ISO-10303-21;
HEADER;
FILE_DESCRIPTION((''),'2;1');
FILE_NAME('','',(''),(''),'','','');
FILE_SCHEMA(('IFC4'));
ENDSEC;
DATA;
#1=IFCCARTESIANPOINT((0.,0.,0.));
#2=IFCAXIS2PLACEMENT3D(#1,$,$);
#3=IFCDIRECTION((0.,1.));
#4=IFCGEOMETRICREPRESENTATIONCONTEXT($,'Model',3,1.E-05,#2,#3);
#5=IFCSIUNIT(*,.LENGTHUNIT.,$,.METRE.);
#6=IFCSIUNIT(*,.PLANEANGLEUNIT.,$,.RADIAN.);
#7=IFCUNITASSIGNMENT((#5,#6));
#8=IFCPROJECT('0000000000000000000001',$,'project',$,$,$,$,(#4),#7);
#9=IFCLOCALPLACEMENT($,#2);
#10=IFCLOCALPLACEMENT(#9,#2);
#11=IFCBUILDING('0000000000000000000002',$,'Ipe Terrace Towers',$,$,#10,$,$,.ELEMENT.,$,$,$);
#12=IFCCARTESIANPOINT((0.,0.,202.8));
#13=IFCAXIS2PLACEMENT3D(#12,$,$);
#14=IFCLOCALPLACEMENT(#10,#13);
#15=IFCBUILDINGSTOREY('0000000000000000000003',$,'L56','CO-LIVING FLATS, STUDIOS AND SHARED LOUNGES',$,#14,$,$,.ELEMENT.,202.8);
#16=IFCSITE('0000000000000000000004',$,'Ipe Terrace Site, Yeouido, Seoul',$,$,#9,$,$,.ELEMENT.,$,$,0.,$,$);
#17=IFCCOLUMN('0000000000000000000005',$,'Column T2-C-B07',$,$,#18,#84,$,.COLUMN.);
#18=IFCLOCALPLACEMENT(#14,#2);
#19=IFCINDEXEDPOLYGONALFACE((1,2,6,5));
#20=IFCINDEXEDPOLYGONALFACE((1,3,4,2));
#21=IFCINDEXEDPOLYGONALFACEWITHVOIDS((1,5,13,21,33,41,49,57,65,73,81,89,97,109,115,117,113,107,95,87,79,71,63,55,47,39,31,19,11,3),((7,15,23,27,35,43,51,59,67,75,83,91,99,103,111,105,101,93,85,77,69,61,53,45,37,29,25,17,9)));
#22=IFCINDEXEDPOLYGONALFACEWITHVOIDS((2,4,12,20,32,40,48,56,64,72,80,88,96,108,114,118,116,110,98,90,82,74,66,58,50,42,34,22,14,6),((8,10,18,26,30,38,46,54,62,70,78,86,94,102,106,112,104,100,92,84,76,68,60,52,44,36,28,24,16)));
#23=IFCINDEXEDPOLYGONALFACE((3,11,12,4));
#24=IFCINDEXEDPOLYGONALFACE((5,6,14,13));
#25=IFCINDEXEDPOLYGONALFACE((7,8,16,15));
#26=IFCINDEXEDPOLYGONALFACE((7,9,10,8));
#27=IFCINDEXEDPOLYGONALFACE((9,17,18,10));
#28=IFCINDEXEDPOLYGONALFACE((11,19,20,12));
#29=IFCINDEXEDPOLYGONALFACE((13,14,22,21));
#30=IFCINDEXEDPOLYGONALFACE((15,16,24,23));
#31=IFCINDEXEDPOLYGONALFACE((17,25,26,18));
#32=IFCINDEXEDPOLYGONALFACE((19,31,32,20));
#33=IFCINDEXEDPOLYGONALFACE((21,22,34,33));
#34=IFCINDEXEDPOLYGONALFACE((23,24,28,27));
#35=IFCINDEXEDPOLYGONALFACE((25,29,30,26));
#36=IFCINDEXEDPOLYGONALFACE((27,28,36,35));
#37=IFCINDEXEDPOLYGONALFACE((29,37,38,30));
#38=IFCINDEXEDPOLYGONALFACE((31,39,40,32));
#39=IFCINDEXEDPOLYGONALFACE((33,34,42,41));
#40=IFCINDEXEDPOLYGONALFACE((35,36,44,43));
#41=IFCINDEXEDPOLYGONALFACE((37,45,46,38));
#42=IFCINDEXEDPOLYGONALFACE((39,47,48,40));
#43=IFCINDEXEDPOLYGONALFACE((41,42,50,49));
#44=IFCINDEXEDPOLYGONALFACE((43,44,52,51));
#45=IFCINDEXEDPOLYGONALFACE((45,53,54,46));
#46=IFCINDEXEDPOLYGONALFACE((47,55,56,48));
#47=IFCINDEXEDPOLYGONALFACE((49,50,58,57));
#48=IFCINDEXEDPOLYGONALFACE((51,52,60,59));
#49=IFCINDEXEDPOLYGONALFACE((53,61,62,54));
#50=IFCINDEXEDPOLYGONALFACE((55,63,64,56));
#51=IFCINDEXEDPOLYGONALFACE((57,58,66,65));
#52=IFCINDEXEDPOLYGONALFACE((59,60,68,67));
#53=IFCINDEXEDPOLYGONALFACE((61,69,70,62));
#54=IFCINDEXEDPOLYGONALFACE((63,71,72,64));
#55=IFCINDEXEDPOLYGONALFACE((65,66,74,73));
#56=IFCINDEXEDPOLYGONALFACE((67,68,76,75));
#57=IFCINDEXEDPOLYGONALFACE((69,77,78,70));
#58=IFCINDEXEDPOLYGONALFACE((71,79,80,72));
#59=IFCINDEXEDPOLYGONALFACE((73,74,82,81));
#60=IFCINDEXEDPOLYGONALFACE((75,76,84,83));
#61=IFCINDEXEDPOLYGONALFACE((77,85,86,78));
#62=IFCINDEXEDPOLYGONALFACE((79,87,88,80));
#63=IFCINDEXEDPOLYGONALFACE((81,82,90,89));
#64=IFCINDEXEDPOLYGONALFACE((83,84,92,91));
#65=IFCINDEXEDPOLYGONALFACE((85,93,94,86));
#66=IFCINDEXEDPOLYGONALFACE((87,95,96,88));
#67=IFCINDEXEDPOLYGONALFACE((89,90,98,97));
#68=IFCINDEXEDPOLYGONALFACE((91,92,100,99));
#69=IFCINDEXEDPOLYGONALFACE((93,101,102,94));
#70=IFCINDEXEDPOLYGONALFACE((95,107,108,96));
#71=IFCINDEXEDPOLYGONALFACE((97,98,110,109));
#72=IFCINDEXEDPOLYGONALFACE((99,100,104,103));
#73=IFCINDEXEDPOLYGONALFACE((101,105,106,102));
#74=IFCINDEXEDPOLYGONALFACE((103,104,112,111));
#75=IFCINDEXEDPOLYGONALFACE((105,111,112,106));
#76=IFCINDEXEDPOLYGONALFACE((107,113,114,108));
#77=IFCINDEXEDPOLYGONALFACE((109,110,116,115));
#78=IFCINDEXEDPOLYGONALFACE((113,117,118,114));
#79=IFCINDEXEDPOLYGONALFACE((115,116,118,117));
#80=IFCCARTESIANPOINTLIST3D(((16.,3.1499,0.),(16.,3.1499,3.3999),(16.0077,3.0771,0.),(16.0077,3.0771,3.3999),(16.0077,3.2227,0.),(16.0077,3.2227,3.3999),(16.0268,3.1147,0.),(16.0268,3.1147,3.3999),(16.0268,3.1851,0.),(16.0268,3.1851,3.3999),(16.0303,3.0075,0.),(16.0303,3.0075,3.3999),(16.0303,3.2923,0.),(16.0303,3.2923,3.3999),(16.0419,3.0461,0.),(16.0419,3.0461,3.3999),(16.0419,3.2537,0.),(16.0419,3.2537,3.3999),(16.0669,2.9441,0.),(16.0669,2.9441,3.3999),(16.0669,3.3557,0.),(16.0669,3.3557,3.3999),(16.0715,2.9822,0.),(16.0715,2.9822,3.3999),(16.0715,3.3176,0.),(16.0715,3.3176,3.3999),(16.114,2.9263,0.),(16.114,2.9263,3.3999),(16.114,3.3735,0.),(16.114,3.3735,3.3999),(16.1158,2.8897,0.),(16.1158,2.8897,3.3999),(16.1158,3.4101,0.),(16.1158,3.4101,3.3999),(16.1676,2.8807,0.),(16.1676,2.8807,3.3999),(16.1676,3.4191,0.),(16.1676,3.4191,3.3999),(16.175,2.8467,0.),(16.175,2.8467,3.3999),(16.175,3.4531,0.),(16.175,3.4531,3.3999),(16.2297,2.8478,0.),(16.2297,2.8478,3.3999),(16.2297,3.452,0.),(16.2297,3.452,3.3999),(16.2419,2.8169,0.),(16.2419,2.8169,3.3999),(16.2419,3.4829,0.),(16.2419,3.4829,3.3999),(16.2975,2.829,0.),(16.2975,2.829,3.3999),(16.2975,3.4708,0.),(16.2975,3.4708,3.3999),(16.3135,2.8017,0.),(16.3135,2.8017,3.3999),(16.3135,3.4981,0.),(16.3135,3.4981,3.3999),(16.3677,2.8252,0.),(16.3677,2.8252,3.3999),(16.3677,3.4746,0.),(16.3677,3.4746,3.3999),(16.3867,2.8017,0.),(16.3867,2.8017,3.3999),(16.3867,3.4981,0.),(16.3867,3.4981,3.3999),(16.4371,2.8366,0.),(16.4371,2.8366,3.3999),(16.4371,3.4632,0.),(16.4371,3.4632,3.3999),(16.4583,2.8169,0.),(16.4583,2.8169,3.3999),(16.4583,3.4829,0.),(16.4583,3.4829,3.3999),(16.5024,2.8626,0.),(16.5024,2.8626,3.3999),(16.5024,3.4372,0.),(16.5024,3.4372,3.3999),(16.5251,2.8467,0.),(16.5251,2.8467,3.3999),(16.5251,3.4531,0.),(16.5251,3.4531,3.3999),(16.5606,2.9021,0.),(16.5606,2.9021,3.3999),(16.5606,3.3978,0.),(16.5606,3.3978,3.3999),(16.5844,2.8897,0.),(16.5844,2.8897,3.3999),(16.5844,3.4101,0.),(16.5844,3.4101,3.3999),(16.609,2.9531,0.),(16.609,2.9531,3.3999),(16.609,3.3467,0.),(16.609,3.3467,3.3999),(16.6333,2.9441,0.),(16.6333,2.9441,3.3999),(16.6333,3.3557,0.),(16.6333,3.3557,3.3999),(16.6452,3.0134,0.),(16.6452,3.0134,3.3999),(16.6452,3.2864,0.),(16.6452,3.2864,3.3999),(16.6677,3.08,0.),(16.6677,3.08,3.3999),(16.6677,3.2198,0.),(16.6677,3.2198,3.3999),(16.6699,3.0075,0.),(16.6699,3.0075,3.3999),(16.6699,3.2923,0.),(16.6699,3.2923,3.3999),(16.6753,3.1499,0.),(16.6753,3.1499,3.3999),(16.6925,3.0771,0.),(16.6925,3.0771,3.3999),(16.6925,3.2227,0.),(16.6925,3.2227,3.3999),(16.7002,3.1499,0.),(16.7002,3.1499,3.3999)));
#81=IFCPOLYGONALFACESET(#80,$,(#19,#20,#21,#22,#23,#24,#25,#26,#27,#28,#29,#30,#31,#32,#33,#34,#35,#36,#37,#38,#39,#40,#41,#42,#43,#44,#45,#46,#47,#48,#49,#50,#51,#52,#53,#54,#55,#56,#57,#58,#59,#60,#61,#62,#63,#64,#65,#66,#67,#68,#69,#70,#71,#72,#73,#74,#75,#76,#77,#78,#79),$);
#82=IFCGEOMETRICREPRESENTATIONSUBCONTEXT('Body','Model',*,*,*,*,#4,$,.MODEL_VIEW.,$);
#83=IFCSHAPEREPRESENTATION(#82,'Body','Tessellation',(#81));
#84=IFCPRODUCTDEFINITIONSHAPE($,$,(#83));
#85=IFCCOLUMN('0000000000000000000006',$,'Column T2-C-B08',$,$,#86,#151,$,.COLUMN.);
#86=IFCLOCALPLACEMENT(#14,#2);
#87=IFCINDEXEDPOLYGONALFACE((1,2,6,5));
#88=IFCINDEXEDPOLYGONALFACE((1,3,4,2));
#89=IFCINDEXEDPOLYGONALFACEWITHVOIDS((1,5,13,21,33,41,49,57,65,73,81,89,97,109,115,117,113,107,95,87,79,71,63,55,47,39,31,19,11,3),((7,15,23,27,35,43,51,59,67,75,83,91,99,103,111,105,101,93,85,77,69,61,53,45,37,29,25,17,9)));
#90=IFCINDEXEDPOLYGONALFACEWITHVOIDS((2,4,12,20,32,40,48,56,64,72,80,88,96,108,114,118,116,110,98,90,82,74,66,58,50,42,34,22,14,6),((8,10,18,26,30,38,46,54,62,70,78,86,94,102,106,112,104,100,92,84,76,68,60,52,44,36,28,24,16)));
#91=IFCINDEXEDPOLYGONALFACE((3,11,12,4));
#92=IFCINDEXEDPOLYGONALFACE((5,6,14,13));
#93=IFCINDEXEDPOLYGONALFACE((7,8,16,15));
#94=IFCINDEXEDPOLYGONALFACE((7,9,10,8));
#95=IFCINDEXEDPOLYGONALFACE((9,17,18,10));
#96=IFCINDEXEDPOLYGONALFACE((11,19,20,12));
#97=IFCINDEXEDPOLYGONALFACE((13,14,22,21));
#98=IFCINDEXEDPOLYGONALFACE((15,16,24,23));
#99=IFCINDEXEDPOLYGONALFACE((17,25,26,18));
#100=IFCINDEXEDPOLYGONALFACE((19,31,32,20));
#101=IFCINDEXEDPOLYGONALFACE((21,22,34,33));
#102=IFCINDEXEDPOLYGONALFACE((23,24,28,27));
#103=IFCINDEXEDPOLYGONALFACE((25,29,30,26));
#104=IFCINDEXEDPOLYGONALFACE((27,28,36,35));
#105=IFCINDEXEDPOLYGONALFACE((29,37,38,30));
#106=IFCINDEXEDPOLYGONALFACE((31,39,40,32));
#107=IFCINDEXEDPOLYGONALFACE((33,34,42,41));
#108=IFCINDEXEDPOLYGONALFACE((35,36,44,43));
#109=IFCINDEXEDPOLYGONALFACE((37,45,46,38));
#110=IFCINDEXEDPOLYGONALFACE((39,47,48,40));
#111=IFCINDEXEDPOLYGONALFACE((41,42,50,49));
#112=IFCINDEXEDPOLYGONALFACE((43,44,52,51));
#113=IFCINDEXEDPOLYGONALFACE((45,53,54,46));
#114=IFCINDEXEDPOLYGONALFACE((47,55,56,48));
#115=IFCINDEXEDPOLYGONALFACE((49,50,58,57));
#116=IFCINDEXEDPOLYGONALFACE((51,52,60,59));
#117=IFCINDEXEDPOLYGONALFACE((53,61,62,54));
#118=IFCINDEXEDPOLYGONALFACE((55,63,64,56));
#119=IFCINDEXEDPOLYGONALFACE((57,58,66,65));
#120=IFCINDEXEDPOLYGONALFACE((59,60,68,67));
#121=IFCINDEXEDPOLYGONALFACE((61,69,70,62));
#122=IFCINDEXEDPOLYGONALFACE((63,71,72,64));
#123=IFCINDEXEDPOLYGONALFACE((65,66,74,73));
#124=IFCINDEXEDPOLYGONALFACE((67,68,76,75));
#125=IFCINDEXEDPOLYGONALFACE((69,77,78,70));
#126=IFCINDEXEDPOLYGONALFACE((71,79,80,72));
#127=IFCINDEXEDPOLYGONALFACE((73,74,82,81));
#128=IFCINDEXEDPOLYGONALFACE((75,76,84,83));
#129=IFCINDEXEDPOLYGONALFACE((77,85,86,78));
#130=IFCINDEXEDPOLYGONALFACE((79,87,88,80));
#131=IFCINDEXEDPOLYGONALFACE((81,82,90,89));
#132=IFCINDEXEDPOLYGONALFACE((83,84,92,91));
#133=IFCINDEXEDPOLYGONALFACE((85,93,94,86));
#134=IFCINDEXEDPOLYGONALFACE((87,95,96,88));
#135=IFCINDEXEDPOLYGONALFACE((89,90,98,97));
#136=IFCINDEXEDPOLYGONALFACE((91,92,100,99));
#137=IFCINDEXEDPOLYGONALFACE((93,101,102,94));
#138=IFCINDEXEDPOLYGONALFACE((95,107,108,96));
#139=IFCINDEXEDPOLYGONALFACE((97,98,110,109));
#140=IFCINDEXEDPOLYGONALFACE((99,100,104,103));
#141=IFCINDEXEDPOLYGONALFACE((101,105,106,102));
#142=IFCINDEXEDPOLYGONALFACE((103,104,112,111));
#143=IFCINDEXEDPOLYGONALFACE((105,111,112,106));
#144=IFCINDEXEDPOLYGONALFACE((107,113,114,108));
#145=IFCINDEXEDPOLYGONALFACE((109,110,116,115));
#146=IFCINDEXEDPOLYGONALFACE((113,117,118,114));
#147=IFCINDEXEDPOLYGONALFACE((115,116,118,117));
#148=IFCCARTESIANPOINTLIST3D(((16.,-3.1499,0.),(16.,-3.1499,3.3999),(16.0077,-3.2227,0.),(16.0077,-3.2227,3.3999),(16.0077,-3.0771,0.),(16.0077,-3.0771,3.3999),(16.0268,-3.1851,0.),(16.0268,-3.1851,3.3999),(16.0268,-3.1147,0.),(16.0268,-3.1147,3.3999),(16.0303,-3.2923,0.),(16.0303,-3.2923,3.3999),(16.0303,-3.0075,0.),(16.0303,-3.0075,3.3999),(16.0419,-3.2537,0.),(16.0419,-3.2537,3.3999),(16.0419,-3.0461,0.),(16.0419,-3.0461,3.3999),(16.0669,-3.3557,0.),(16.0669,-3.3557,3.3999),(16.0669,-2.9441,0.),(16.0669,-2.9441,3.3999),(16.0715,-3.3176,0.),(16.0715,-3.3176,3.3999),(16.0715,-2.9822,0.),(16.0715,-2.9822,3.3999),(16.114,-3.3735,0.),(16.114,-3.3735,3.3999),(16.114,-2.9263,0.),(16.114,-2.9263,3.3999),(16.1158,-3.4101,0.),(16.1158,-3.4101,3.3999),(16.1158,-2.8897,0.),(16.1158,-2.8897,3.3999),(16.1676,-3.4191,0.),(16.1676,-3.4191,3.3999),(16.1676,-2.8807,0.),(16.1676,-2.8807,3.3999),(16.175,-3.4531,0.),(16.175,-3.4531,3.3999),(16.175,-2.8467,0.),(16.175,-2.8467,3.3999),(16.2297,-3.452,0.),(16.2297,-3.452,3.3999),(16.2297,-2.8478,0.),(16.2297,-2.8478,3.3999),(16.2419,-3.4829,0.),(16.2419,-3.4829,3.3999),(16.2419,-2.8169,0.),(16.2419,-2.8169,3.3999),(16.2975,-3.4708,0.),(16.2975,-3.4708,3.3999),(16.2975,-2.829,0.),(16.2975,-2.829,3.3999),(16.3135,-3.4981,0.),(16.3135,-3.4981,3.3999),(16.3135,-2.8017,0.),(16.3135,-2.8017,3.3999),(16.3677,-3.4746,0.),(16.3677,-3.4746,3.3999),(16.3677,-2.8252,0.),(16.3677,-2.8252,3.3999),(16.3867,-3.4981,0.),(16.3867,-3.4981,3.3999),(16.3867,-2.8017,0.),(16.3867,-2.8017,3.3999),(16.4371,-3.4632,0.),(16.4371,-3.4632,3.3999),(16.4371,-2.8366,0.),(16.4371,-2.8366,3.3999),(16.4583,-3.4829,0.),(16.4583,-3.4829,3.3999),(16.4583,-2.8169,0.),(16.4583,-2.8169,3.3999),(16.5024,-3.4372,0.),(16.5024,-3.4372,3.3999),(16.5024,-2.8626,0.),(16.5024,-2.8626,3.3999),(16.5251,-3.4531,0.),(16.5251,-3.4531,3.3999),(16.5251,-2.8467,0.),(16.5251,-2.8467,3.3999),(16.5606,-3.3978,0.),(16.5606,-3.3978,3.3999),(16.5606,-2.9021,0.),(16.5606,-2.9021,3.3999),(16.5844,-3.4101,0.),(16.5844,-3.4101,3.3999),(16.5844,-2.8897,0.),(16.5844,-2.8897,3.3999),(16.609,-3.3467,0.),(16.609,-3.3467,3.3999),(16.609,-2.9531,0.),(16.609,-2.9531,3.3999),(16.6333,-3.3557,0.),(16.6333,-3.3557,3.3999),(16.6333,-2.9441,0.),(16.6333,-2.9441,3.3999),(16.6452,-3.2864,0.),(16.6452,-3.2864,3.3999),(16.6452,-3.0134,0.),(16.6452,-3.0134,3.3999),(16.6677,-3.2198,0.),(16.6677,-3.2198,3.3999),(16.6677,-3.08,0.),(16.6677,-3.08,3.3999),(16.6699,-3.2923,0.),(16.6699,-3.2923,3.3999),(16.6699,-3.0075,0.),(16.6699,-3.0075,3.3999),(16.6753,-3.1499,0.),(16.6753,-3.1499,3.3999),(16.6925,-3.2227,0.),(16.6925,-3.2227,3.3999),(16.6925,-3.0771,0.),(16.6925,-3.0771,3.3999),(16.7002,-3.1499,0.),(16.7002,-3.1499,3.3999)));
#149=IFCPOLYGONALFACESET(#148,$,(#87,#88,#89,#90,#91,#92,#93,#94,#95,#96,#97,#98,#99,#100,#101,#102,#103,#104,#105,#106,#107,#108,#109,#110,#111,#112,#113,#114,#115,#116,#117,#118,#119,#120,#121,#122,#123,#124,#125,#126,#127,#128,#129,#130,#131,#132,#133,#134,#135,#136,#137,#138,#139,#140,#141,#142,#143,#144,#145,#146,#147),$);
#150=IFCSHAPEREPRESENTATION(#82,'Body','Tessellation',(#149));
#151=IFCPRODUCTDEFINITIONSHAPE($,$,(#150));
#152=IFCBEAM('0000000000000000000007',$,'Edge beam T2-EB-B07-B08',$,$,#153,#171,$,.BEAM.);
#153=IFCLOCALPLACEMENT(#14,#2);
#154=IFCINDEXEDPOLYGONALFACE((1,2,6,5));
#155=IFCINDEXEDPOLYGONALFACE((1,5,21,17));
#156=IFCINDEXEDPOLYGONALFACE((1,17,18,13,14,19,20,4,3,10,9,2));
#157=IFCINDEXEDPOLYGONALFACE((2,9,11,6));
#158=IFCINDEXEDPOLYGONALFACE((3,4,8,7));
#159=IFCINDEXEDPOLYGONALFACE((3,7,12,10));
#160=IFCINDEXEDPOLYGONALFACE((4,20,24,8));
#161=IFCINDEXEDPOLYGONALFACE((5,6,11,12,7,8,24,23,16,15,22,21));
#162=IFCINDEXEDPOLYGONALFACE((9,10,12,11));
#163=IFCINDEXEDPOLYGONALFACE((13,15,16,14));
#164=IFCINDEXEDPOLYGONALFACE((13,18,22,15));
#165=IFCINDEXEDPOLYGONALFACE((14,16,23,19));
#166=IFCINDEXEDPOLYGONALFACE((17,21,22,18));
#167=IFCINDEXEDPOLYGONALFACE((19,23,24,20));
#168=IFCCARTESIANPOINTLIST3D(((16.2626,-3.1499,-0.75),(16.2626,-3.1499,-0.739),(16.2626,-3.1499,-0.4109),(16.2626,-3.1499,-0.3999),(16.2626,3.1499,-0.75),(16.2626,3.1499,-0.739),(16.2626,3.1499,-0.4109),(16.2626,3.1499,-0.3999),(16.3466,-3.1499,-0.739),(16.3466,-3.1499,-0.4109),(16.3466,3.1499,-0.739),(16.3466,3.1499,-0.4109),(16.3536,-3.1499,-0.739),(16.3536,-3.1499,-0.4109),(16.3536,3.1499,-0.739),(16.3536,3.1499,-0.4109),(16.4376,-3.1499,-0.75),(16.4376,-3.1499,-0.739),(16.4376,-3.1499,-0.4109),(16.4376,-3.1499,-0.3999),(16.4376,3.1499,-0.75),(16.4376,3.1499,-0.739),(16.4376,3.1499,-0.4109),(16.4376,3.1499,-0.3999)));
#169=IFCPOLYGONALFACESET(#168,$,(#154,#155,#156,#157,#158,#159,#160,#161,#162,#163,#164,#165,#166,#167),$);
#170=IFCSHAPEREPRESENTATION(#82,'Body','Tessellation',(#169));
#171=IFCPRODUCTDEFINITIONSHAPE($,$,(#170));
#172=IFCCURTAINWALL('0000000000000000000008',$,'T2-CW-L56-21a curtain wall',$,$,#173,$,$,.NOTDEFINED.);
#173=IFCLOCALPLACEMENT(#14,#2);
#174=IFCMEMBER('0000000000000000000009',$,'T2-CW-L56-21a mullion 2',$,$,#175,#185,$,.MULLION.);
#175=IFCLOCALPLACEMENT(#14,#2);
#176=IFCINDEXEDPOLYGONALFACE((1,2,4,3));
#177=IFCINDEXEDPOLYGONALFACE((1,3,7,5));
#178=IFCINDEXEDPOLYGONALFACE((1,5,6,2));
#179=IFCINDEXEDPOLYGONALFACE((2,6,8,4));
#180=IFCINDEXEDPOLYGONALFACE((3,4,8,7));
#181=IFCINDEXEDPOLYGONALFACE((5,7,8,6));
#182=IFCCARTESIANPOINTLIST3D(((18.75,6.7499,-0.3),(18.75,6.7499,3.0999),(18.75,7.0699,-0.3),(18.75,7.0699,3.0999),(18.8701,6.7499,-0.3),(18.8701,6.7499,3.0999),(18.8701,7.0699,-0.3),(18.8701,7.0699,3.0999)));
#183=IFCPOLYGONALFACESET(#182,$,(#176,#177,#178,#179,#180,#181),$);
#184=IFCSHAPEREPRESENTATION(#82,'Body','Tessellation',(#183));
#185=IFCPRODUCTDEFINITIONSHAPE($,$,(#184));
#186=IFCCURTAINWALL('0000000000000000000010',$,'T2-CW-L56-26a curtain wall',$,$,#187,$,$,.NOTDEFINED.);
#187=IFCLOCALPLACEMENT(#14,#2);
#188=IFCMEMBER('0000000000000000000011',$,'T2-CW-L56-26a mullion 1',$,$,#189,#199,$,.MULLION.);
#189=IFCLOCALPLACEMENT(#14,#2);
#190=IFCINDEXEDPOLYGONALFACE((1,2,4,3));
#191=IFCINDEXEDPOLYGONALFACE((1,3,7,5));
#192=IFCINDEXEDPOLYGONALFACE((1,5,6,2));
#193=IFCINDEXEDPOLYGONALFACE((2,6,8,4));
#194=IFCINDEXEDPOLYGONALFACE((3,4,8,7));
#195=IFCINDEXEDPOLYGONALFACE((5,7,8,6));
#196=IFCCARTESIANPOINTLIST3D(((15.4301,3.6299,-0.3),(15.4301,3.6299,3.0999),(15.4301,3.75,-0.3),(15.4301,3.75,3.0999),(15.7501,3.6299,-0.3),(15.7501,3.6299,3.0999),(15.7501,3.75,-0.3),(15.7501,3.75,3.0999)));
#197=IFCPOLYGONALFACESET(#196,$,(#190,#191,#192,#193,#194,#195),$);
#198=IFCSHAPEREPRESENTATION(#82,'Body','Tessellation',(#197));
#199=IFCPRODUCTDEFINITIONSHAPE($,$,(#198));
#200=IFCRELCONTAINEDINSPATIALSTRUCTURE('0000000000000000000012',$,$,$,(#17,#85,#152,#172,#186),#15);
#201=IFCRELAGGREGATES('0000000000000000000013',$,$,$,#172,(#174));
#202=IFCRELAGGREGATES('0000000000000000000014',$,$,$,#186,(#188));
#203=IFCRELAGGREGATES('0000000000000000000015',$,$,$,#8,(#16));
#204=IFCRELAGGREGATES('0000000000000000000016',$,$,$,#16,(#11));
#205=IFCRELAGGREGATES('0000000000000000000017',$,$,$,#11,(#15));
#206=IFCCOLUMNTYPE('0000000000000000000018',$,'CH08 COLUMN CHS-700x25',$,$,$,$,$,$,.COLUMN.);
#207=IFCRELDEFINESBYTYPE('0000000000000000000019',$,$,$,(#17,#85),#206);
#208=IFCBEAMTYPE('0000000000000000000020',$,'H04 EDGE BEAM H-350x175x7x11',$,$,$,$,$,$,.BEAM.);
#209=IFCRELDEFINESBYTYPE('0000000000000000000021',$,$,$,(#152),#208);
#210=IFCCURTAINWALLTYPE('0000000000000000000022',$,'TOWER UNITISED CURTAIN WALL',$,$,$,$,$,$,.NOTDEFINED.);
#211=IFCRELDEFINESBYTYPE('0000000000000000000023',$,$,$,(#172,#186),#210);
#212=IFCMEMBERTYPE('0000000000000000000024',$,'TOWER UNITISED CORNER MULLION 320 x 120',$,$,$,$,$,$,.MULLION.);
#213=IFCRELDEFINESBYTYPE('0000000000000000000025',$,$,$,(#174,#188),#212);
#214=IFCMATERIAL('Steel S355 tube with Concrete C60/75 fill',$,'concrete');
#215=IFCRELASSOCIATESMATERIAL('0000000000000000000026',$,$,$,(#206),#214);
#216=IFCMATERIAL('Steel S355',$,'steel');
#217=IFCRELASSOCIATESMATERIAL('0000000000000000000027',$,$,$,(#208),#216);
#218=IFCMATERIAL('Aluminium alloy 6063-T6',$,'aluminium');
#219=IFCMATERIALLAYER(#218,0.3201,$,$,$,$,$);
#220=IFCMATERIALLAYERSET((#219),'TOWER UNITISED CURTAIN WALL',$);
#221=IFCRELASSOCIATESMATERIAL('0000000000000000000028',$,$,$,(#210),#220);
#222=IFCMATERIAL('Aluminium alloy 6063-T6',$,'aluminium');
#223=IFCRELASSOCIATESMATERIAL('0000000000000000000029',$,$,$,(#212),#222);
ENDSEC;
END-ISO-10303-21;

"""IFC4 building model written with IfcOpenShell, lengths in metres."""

from ifc_helpers import new_model, si_unit, direction, frame, origin, origin_2d, place, context, subcontext, project, spatial, rectangle, hollow_circle, i_section, extrude, material, layer, layer_set, material_profile, profile_set, type_object, element, aggregate, save


model = new_model("IFC4")

# Units and contexts
model_context = context("Model", 3, precision=1e-05, world=origin(), true_north=direction((0.0, 1.0)))
body_context = subcontext(model_context, "Body", "Model", "MODEL_VIEW")
ifc_project = project(units=[si_unit("LENGTHUNIT", "METRE"), si_unit("PLANEANGLEUNIT", "RADIAN")], contexts=[model_context])

# Site, building, storey
site_placement = place(None, origin())
site = spatial("IfcSite", under=ifc_project, at=site_placement, Name="Ipe Terrace Site, Yeouido, Seoul", CompositionType="ELEMENT", RefElevation=0.0)
building_placement = place(site_placement, origin())
building = spatial("IfcBuilding", under=site, at=building_placement, Name="Ipe Terrace Towers", CompositionType="ELEMENT")
storey_placement = place(building_placement, frame((0.0, 0.0, 202.8)))
storey = spatial("IfcBuildingStorey", under=building, at=storey_placement, Name="L56", Description="CO-LIVING FLATS, STUDIOS AND SHARED LOUNGES", CompositionType="ELEMENT", Elevation=202.8)

# Columns
ifc_material_1 = material(Name="Steel S355 tube with Concrete C60/75 fill", Category="concrete")
ifc_material_profile_1 = material_profile(ifc_material_1, hollow_circle(Radius=0.3501, WallThickness=0.0249, at=origin_2d()), Name="CHS-700x25")
ifc_profile_set_1 = profile_set([ifc_material_profile_1], Name="Steel S355 tube with Concrete C60/75 fill")
column_type = type_object("IfcColumnType", Name="CH08 COLUMN CHS-700x25", PredefinedType="COLUMN", material=ifc_profile_set_1)
for number, where, z_axis, x_axis, name in (
    (1, (16.3501, 3.1499, 0.0), (0.0, 0.0, 1.0), (1.0, 0.0, 0.0), "Column T2-C-B07"),
    (2, (16.3501, -3.1499, 0.0), (0.0, 0.0, 1.0), (1.0, 0.0, 0.0), "Column T2-C-B08"),
):
    element("IfcColumn", number, at=place(storey_placement, frame(where, z_axis=z_axis, x_axis=x_axis)), inside=storey, type_object=column_type, Name=name, PredefinedType="COLUMN", context=body_context, shape_type="SweptSolid", body=[
        extrude(hollow_circle(Radius=0.3501, WallThickness=0.0249, at=origin_2d()), origin(), (0.0, 0.0, 1.0), 3.3999),
    ])

# Beam
ifc_material_2 = material(Name="Steel S355", Category="steel")
ifc_material_profile_2 = material_profile(ifc_material_2, i_section(OverallWidth=0.175, OverallDepth=0.3501, WebThickness=0.0071, FlangeThickness=0.011, at=origin_2d()), Name="H-350x175x7x11")
ifc_profile_set_2 = profile_set([ifc_material_profile_2], Name="Steel S355")
beam_type = type_object("IfcBeamType", Name="H04 EDGE BEAM H-350x175x7x11", PredefinedType="BEAM", material=ifc_profile_set_2)
beam_placement = place(storey_placement, frame((16.3501, 3.1499, -0.575), z_axis=(0.0, -1.0, 0.0), x_axis=(1.0, 0.0, 0.0)))
element("IfcBeam", 3, at=beam_placement, inside=storey, type_object=beam_type, Name="Edge beam T2-EB-B07-B08", PredefinedType="BEAM", context=body_context, shape_type="SweptSolid", body=[
    extrude(i_section(OverallWidth=0.175, OverallDepth=0.3501, WebThickness=0.0071, FlangeThickness=0.011, at=origin_2d()), origin(), (0.0, 0.0, 1.0), 6.2998),
])

# Curtain wall, member
ifc_material_3 = material(Name="Aluminium alloy 6063-T6", Category="aluminium")
ifc_layer_1 = layer(ifc_material_3, 0.3201)
ifc_layer_set_1 = layer_set([ifc_layer_1], Name="TOWER UNITISED CURTAIN WALL")
curtain_wall_type = type_object("IfcCurtainWallType", Name="TOWER UNITISED CURTAIN WALL", PredefinedType="NOTDEFINED", material=ifc_layer_set_1)
curtain_wall_1_placement = place(storey_placement, origin())
curtain_wall_1 = element("IfcCurtainWall", 4, at=curtain_wall_1_placement, inside=storey, type_object=curtain_wall_type, Name="T2-CW-L56-21a curtain wall", PredefinedType="NOTDEFINED")
ifc_material_4 = material(Name="Aluminium alloy 6063-T6", Category="aluminium")
ifc_material_profile_3 = material_profile(ifc_material_4, rectangle(XDim=0.3201, YDim=0.1201, at=origin_2d()), Name="TOWER UNITISED CORNER MULLION 320 x 120")
ifc_profile_set_3 = profile_set([ifc_material_profile_3], Name="Aluminium alloy 6063-T6")
member_type_1 = type_object("IfcMemberType", Name="TOWER UNITISED CORNER MULLION 320 x 120", PredefinedType="MULLION", material=ifc_profile_set_3)
member_1_placement = place(storey_placement, frame((18.8101, 6.9099, -0.3), z_axis=(0.0, 0.0, 1.0), x_axis=(0.0, 1.0, 0.0)))
member_1 = element("IfcMember", 5, at=member_1_placement, type_object=member_type_1, Name="T2-CW-L56-21a mullion 2", PredefinedType="MULLION", context=body_context, shape_type="SweptSolid", body=[
    extrude(rectangle(XDim=0.3201, YDim=0.1201, at=origin_2d()), origin(), (0.0, 0.0, 1.0), 3.3999),
])
aggregate(curtain_wall_1, [member_1])

# Curtain wall, member
curtain_wall_2_placement = place(storey_placement, origin())
curtain_wall_2 = element("IfcCurtainWall", 6, at=curtain_wall_2_placement, inside=storey, type_object=curtain_wall_type, Name="T2-CW-L56-26a curtain wall", PredefinedType="NOTDEFINED")
member_2_placement = place(storey_placement, frame((15.5901, 3.6899, -0.3), z_axis=(0.0, 0.0, 1.0), x_axis=(-1.0, 0.0, 0.0)))
member_2 = element("IfcMember", 7, at=member_2_placement, type_object=member_type_1, Name="T2-CW-L56-26a mullion 1", PredefinedType="MULLION", context=body_context, shape_type="SweptSolid", body=[
    extrude(rectangle(XDim=0.3201, YDim=0.1201, at=origin_2d()), origin(), (0.0, 0.0, 1.0), 3.3999),
])

aggregate(curtain_wall_2, [member_2])

save(model, "model.ifc")
